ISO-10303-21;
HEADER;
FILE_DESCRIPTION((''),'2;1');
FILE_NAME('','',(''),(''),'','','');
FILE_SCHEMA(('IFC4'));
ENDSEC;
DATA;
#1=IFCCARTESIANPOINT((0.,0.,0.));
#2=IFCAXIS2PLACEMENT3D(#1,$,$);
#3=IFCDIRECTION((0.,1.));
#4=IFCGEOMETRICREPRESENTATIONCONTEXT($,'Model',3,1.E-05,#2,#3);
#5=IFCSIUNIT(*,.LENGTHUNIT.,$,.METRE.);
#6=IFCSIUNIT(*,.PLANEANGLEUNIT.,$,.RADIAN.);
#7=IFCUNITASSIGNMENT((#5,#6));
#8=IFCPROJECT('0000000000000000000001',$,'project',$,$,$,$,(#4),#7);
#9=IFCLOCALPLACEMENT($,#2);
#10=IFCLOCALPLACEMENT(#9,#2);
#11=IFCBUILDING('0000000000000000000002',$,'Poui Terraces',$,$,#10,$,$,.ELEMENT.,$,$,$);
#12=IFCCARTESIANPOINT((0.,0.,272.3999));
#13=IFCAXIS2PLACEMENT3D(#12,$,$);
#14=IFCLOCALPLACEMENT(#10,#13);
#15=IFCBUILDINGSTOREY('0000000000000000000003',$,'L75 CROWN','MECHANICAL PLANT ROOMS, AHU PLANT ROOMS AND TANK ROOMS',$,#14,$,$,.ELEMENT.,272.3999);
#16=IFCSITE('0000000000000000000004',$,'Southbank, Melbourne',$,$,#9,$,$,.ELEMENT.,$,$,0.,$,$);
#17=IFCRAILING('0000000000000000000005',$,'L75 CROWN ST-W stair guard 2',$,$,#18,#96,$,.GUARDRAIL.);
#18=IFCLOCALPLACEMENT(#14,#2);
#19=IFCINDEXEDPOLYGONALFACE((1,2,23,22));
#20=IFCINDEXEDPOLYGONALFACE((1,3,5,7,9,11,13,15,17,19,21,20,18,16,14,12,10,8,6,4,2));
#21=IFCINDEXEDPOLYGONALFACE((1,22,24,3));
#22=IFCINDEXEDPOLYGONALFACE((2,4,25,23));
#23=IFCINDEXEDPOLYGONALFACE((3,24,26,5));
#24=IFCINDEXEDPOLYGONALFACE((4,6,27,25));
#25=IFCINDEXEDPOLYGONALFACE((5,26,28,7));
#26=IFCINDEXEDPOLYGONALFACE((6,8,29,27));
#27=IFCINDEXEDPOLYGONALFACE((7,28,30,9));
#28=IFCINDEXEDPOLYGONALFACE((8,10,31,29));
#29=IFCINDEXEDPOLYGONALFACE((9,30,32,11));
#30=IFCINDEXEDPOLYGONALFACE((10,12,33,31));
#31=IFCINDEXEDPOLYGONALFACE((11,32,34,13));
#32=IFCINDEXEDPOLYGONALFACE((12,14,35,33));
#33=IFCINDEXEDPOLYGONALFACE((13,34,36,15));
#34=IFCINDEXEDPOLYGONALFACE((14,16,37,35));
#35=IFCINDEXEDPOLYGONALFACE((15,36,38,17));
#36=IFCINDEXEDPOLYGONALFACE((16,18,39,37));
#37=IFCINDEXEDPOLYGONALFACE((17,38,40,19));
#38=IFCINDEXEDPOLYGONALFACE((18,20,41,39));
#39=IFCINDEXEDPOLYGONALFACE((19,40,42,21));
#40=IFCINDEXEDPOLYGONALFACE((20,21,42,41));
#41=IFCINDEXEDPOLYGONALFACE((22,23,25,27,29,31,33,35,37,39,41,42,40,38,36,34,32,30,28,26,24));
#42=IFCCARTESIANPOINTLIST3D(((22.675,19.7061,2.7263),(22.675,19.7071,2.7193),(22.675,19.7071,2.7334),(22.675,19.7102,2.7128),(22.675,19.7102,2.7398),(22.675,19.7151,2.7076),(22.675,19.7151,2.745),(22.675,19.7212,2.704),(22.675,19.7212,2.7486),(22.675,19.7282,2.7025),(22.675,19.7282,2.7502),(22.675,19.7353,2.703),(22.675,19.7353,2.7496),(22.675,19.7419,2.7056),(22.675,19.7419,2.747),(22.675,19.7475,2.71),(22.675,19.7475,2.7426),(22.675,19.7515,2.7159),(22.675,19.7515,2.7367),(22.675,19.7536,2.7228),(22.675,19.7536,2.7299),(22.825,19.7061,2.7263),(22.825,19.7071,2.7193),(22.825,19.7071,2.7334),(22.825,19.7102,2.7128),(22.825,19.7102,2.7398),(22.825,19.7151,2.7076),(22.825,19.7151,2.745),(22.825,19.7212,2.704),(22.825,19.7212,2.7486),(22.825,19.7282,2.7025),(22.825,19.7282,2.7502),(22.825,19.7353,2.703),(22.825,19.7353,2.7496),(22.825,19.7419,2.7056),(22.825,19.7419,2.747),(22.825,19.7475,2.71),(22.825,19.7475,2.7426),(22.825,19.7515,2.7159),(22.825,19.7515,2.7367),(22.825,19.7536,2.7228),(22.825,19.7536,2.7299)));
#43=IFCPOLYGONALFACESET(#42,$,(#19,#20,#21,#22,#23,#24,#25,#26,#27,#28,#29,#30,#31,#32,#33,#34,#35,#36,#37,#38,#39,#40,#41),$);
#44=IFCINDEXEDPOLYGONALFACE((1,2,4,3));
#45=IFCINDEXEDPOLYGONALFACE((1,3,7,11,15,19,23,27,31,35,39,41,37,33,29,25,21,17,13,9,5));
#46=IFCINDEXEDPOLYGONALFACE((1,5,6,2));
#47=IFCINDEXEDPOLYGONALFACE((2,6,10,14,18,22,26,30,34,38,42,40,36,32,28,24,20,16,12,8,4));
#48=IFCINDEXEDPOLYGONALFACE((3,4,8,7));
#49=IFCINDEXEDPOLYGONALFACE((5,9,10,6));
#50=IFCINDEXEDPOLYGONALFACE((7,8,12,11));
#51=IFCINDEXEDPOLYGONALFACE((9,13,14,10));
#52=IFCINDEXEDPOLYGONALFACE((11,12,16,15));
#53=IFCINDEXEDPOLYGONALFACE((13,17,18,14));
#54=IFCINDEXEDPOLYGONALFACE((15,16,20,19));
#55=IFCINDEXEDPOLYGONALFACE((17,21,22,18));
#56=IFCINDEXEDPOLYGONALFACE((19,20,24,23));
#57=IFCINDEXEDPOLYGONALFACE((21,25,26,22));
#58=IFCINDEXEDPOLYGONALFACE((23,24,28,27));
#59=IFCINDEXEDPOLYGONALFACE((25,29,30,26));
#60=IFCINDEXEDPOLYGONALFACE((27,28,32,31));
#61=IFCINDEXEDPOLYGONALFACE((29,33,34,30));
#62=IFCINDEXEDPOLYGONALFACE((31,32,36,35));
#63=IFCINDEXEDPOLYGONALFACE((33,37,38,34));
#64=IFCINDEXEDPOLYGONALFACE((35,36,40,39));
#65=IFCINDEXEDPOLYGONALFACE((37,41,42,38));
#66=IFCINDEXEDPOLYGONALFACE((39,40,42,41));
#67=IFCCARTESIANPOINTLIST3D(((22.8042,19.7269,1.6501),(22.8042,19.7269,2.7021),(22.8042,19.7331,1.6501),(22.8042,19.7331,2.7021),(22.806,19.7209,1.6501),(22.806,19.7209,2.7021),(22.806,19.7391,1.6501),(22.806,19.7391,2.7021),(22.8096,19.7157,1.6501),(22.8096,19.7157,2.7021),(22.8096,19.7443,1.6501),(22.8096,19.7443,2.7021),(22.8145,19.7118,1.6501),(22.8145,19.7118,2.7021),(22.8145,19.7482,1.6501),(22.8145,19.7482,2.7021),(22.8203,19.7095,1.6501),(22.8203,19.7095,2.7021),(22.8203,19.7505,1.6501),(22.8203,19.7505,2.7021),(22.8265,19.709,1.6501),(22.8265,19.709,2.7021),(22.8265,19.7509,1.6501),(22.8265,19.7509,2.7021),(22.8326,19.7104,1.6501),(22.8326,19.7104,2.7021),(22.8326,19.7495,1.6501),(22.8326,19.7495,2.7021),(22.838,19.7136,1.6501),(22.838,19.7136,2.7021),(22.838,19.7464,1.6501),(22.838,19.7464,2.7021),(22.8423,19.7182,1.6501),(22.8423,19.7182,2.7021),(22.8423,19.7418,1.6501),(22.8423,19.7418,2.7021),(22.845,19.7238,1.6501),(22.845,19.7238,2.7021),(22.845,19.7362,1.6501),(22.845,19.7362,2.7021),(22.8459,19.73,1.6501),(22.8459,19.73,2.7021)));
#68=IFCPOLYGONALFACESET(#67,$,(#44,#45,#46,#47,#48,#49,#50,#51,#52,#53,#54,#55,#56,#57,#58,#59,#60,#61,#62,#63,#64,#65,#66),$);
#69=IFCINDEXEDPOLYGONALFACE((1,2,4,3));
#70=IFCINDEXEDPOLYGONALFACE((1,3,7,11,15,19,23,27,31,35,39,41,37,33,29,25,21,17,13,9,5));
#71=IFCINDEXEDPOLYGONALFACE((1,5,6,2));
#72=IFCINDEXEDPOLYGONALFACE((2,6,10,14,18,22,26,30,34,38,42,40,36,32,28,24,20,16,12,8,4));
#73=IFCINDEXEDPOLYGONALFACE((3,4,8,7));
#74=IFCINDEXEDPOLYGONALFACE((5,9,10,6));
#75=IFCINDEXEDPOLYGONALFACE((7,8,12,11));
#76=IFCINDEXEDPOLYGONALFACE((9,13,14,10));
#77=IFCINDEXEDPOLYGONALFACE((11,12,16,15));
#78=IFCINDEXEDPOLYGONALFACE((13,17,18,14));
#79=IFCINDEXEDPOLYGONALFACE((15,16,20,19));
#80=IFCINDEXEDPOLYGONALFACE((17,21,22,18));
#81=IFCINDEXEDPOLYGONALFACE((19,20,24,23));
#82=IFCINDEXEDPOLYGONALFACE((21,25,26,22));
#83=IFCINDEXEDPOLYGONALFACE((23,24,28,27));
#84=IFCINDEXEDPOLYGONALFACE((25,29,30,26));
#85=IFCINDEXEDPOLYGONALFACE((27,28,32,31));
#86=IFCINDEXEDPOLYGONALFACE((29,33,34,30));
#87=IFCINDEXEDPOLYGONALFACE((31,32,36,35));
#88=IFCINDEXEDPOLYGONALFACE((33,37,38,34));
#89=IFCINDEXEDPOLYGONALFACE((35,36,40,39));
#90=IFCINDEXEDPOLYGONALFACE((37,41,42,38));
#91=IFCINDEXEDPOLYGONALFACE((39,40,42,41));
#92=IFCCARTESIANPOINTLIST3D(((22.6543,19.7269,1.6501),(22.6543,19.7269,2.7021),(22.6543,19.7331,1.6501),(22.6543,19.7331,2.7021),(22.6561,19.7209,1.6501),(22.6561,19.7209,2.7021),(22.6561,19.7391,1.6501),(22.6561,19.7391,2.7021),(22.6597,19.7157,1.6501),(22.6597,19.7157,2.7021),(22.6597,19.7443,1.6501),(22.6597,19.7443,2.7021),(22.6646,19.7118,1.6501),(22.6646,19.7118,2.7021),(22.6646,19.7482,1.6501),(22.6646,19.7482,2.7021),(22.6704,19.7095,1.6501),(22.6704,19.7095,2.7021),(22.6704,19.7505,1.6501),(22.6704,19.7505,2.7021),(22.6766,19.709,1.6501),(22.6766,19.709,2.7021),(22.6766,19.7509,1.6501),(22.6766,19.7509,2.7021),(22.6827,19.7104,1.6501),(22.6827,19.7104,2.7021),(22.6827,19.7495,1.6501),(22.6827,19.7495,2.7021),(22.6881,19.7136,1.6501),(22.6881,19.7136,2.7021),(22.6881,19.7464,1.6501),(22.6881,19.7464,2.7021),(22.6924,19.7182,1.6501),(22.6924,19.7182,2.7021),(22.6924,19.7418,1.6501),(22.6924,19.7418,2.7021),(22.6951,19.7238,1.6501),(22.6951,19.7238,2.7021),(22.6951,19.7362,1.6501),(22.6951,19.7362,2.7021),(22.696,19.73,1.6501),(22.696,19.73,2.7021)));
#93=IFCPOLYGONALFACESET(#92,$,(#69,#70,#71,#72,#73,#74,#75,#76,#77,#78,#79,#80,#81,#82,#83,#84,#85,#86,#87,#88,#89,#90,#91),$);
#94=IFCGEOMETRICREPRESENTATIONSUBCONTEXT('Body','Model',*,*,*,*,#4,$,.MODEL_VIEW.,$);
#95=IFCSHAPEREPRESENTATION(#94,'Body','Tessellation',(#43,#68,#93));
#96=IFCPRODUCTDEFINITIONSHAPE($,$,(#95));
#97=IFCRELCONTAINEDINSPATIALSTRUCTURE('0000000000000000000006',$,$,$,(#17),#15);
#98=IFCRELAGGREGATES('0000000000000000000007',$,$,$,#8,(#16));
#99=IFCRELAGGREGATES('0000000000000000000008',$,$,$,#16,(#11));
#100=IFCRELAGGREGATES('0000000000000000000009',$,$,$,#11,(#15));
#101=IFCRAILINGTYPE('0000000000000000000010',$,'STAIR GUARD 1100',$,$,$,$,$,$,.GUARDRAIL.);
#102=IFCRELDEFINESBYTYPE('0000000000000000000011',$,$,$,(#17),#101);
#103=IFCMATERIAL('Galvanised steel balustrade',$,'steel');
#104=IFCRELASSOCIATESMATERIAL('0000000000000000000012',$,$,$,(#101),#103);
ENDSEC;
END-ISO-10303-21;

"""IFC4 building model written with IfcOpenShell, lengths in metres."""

from ifc_helpers import new_model, si_unit, direction, frame, origin, origin_2d, place, context, subcontext, project, spatial, circle, extrude, material, type_object, element, save


model = new_model("IFC4")

# Units and contexts
model_context = context("Model", 3, precision=1e-05, world=origin(), true_north=direction((0.0, 1.0)))
body_context = subcontext(model_context, "Body", "Model", "MODEL_VIEW")
ifc_project = project(units=[si_unit("LENGTHUNIT", "METRE"), si_unit("PLANEANGLEUNIT", "RADIAN")], contexts=[model_context])

# Site, building, storey
site_placement = place(None, origin())
site = spatial("IfcSite", under=ifc_project, at=site_placement, Name="Southbank, Melbourne", CompositionType="ELEMENT", RefElevation=0.0)
building_placement = place(site_placement, origin())
building = spatial("IfcBuilding", under=site, at=building_placement, Name="Poui Terraces", CompositionType="ELEMENT")
storey_placement = place(building_placement, frame((0.0, 0.0, 272.3999)))
storey = spatial("IfcBuildingStorey", under=building, at=storey_placement, Name="L75 CROWN", Description="MECHANICAL PLANT ROOMS, AHU PLANT ROOMS AND TANK ROOMS", CompositionType="ELEMENT", Elevation=272.3999)

# Railing
ifc_material_1 = material(Name="Galvanised steel balustrade", Category="steel")
railing_type_1 = type_object("IfcRailingType", Name="STAIR GUARD 1100", PredefinedType="GUARDRAIL", material=ifc_material_1)
railing_1_placement = place(storey_placement, frame((22.825, 19.73, 1.6501)))
element("IfcRailing", 1, at=railing_1_placement, inside=storey, type_object=railing_type_1, Name="L75 CROWN ST-W stair guard 2", PredefinedType="GUARDRAIL", context=body_context, shape_type="SweptSolid", body=[
    extrude(circle(Radius=0.0239, at=origin_2d()), frame((0.0, 0.0, 1.0762), z_axis=(-1.0, 0.0, 0.0), x_axis=(0.0, -1.0, 0.0)), (0.0, 0.0, 1.0), 0.1499),
    extrude(circle(Radius=0.021, at=origin_2d()), origin(), (0.0, 0.0, 1.0), 1.052),
    extrude(circle(Radius=0.021, at=origin_2d()), frame((-0.1499, 0.0, 0.0)), (0.0, 0.0, 1.0), 1.052),
])

save(model, "model.ifc")
